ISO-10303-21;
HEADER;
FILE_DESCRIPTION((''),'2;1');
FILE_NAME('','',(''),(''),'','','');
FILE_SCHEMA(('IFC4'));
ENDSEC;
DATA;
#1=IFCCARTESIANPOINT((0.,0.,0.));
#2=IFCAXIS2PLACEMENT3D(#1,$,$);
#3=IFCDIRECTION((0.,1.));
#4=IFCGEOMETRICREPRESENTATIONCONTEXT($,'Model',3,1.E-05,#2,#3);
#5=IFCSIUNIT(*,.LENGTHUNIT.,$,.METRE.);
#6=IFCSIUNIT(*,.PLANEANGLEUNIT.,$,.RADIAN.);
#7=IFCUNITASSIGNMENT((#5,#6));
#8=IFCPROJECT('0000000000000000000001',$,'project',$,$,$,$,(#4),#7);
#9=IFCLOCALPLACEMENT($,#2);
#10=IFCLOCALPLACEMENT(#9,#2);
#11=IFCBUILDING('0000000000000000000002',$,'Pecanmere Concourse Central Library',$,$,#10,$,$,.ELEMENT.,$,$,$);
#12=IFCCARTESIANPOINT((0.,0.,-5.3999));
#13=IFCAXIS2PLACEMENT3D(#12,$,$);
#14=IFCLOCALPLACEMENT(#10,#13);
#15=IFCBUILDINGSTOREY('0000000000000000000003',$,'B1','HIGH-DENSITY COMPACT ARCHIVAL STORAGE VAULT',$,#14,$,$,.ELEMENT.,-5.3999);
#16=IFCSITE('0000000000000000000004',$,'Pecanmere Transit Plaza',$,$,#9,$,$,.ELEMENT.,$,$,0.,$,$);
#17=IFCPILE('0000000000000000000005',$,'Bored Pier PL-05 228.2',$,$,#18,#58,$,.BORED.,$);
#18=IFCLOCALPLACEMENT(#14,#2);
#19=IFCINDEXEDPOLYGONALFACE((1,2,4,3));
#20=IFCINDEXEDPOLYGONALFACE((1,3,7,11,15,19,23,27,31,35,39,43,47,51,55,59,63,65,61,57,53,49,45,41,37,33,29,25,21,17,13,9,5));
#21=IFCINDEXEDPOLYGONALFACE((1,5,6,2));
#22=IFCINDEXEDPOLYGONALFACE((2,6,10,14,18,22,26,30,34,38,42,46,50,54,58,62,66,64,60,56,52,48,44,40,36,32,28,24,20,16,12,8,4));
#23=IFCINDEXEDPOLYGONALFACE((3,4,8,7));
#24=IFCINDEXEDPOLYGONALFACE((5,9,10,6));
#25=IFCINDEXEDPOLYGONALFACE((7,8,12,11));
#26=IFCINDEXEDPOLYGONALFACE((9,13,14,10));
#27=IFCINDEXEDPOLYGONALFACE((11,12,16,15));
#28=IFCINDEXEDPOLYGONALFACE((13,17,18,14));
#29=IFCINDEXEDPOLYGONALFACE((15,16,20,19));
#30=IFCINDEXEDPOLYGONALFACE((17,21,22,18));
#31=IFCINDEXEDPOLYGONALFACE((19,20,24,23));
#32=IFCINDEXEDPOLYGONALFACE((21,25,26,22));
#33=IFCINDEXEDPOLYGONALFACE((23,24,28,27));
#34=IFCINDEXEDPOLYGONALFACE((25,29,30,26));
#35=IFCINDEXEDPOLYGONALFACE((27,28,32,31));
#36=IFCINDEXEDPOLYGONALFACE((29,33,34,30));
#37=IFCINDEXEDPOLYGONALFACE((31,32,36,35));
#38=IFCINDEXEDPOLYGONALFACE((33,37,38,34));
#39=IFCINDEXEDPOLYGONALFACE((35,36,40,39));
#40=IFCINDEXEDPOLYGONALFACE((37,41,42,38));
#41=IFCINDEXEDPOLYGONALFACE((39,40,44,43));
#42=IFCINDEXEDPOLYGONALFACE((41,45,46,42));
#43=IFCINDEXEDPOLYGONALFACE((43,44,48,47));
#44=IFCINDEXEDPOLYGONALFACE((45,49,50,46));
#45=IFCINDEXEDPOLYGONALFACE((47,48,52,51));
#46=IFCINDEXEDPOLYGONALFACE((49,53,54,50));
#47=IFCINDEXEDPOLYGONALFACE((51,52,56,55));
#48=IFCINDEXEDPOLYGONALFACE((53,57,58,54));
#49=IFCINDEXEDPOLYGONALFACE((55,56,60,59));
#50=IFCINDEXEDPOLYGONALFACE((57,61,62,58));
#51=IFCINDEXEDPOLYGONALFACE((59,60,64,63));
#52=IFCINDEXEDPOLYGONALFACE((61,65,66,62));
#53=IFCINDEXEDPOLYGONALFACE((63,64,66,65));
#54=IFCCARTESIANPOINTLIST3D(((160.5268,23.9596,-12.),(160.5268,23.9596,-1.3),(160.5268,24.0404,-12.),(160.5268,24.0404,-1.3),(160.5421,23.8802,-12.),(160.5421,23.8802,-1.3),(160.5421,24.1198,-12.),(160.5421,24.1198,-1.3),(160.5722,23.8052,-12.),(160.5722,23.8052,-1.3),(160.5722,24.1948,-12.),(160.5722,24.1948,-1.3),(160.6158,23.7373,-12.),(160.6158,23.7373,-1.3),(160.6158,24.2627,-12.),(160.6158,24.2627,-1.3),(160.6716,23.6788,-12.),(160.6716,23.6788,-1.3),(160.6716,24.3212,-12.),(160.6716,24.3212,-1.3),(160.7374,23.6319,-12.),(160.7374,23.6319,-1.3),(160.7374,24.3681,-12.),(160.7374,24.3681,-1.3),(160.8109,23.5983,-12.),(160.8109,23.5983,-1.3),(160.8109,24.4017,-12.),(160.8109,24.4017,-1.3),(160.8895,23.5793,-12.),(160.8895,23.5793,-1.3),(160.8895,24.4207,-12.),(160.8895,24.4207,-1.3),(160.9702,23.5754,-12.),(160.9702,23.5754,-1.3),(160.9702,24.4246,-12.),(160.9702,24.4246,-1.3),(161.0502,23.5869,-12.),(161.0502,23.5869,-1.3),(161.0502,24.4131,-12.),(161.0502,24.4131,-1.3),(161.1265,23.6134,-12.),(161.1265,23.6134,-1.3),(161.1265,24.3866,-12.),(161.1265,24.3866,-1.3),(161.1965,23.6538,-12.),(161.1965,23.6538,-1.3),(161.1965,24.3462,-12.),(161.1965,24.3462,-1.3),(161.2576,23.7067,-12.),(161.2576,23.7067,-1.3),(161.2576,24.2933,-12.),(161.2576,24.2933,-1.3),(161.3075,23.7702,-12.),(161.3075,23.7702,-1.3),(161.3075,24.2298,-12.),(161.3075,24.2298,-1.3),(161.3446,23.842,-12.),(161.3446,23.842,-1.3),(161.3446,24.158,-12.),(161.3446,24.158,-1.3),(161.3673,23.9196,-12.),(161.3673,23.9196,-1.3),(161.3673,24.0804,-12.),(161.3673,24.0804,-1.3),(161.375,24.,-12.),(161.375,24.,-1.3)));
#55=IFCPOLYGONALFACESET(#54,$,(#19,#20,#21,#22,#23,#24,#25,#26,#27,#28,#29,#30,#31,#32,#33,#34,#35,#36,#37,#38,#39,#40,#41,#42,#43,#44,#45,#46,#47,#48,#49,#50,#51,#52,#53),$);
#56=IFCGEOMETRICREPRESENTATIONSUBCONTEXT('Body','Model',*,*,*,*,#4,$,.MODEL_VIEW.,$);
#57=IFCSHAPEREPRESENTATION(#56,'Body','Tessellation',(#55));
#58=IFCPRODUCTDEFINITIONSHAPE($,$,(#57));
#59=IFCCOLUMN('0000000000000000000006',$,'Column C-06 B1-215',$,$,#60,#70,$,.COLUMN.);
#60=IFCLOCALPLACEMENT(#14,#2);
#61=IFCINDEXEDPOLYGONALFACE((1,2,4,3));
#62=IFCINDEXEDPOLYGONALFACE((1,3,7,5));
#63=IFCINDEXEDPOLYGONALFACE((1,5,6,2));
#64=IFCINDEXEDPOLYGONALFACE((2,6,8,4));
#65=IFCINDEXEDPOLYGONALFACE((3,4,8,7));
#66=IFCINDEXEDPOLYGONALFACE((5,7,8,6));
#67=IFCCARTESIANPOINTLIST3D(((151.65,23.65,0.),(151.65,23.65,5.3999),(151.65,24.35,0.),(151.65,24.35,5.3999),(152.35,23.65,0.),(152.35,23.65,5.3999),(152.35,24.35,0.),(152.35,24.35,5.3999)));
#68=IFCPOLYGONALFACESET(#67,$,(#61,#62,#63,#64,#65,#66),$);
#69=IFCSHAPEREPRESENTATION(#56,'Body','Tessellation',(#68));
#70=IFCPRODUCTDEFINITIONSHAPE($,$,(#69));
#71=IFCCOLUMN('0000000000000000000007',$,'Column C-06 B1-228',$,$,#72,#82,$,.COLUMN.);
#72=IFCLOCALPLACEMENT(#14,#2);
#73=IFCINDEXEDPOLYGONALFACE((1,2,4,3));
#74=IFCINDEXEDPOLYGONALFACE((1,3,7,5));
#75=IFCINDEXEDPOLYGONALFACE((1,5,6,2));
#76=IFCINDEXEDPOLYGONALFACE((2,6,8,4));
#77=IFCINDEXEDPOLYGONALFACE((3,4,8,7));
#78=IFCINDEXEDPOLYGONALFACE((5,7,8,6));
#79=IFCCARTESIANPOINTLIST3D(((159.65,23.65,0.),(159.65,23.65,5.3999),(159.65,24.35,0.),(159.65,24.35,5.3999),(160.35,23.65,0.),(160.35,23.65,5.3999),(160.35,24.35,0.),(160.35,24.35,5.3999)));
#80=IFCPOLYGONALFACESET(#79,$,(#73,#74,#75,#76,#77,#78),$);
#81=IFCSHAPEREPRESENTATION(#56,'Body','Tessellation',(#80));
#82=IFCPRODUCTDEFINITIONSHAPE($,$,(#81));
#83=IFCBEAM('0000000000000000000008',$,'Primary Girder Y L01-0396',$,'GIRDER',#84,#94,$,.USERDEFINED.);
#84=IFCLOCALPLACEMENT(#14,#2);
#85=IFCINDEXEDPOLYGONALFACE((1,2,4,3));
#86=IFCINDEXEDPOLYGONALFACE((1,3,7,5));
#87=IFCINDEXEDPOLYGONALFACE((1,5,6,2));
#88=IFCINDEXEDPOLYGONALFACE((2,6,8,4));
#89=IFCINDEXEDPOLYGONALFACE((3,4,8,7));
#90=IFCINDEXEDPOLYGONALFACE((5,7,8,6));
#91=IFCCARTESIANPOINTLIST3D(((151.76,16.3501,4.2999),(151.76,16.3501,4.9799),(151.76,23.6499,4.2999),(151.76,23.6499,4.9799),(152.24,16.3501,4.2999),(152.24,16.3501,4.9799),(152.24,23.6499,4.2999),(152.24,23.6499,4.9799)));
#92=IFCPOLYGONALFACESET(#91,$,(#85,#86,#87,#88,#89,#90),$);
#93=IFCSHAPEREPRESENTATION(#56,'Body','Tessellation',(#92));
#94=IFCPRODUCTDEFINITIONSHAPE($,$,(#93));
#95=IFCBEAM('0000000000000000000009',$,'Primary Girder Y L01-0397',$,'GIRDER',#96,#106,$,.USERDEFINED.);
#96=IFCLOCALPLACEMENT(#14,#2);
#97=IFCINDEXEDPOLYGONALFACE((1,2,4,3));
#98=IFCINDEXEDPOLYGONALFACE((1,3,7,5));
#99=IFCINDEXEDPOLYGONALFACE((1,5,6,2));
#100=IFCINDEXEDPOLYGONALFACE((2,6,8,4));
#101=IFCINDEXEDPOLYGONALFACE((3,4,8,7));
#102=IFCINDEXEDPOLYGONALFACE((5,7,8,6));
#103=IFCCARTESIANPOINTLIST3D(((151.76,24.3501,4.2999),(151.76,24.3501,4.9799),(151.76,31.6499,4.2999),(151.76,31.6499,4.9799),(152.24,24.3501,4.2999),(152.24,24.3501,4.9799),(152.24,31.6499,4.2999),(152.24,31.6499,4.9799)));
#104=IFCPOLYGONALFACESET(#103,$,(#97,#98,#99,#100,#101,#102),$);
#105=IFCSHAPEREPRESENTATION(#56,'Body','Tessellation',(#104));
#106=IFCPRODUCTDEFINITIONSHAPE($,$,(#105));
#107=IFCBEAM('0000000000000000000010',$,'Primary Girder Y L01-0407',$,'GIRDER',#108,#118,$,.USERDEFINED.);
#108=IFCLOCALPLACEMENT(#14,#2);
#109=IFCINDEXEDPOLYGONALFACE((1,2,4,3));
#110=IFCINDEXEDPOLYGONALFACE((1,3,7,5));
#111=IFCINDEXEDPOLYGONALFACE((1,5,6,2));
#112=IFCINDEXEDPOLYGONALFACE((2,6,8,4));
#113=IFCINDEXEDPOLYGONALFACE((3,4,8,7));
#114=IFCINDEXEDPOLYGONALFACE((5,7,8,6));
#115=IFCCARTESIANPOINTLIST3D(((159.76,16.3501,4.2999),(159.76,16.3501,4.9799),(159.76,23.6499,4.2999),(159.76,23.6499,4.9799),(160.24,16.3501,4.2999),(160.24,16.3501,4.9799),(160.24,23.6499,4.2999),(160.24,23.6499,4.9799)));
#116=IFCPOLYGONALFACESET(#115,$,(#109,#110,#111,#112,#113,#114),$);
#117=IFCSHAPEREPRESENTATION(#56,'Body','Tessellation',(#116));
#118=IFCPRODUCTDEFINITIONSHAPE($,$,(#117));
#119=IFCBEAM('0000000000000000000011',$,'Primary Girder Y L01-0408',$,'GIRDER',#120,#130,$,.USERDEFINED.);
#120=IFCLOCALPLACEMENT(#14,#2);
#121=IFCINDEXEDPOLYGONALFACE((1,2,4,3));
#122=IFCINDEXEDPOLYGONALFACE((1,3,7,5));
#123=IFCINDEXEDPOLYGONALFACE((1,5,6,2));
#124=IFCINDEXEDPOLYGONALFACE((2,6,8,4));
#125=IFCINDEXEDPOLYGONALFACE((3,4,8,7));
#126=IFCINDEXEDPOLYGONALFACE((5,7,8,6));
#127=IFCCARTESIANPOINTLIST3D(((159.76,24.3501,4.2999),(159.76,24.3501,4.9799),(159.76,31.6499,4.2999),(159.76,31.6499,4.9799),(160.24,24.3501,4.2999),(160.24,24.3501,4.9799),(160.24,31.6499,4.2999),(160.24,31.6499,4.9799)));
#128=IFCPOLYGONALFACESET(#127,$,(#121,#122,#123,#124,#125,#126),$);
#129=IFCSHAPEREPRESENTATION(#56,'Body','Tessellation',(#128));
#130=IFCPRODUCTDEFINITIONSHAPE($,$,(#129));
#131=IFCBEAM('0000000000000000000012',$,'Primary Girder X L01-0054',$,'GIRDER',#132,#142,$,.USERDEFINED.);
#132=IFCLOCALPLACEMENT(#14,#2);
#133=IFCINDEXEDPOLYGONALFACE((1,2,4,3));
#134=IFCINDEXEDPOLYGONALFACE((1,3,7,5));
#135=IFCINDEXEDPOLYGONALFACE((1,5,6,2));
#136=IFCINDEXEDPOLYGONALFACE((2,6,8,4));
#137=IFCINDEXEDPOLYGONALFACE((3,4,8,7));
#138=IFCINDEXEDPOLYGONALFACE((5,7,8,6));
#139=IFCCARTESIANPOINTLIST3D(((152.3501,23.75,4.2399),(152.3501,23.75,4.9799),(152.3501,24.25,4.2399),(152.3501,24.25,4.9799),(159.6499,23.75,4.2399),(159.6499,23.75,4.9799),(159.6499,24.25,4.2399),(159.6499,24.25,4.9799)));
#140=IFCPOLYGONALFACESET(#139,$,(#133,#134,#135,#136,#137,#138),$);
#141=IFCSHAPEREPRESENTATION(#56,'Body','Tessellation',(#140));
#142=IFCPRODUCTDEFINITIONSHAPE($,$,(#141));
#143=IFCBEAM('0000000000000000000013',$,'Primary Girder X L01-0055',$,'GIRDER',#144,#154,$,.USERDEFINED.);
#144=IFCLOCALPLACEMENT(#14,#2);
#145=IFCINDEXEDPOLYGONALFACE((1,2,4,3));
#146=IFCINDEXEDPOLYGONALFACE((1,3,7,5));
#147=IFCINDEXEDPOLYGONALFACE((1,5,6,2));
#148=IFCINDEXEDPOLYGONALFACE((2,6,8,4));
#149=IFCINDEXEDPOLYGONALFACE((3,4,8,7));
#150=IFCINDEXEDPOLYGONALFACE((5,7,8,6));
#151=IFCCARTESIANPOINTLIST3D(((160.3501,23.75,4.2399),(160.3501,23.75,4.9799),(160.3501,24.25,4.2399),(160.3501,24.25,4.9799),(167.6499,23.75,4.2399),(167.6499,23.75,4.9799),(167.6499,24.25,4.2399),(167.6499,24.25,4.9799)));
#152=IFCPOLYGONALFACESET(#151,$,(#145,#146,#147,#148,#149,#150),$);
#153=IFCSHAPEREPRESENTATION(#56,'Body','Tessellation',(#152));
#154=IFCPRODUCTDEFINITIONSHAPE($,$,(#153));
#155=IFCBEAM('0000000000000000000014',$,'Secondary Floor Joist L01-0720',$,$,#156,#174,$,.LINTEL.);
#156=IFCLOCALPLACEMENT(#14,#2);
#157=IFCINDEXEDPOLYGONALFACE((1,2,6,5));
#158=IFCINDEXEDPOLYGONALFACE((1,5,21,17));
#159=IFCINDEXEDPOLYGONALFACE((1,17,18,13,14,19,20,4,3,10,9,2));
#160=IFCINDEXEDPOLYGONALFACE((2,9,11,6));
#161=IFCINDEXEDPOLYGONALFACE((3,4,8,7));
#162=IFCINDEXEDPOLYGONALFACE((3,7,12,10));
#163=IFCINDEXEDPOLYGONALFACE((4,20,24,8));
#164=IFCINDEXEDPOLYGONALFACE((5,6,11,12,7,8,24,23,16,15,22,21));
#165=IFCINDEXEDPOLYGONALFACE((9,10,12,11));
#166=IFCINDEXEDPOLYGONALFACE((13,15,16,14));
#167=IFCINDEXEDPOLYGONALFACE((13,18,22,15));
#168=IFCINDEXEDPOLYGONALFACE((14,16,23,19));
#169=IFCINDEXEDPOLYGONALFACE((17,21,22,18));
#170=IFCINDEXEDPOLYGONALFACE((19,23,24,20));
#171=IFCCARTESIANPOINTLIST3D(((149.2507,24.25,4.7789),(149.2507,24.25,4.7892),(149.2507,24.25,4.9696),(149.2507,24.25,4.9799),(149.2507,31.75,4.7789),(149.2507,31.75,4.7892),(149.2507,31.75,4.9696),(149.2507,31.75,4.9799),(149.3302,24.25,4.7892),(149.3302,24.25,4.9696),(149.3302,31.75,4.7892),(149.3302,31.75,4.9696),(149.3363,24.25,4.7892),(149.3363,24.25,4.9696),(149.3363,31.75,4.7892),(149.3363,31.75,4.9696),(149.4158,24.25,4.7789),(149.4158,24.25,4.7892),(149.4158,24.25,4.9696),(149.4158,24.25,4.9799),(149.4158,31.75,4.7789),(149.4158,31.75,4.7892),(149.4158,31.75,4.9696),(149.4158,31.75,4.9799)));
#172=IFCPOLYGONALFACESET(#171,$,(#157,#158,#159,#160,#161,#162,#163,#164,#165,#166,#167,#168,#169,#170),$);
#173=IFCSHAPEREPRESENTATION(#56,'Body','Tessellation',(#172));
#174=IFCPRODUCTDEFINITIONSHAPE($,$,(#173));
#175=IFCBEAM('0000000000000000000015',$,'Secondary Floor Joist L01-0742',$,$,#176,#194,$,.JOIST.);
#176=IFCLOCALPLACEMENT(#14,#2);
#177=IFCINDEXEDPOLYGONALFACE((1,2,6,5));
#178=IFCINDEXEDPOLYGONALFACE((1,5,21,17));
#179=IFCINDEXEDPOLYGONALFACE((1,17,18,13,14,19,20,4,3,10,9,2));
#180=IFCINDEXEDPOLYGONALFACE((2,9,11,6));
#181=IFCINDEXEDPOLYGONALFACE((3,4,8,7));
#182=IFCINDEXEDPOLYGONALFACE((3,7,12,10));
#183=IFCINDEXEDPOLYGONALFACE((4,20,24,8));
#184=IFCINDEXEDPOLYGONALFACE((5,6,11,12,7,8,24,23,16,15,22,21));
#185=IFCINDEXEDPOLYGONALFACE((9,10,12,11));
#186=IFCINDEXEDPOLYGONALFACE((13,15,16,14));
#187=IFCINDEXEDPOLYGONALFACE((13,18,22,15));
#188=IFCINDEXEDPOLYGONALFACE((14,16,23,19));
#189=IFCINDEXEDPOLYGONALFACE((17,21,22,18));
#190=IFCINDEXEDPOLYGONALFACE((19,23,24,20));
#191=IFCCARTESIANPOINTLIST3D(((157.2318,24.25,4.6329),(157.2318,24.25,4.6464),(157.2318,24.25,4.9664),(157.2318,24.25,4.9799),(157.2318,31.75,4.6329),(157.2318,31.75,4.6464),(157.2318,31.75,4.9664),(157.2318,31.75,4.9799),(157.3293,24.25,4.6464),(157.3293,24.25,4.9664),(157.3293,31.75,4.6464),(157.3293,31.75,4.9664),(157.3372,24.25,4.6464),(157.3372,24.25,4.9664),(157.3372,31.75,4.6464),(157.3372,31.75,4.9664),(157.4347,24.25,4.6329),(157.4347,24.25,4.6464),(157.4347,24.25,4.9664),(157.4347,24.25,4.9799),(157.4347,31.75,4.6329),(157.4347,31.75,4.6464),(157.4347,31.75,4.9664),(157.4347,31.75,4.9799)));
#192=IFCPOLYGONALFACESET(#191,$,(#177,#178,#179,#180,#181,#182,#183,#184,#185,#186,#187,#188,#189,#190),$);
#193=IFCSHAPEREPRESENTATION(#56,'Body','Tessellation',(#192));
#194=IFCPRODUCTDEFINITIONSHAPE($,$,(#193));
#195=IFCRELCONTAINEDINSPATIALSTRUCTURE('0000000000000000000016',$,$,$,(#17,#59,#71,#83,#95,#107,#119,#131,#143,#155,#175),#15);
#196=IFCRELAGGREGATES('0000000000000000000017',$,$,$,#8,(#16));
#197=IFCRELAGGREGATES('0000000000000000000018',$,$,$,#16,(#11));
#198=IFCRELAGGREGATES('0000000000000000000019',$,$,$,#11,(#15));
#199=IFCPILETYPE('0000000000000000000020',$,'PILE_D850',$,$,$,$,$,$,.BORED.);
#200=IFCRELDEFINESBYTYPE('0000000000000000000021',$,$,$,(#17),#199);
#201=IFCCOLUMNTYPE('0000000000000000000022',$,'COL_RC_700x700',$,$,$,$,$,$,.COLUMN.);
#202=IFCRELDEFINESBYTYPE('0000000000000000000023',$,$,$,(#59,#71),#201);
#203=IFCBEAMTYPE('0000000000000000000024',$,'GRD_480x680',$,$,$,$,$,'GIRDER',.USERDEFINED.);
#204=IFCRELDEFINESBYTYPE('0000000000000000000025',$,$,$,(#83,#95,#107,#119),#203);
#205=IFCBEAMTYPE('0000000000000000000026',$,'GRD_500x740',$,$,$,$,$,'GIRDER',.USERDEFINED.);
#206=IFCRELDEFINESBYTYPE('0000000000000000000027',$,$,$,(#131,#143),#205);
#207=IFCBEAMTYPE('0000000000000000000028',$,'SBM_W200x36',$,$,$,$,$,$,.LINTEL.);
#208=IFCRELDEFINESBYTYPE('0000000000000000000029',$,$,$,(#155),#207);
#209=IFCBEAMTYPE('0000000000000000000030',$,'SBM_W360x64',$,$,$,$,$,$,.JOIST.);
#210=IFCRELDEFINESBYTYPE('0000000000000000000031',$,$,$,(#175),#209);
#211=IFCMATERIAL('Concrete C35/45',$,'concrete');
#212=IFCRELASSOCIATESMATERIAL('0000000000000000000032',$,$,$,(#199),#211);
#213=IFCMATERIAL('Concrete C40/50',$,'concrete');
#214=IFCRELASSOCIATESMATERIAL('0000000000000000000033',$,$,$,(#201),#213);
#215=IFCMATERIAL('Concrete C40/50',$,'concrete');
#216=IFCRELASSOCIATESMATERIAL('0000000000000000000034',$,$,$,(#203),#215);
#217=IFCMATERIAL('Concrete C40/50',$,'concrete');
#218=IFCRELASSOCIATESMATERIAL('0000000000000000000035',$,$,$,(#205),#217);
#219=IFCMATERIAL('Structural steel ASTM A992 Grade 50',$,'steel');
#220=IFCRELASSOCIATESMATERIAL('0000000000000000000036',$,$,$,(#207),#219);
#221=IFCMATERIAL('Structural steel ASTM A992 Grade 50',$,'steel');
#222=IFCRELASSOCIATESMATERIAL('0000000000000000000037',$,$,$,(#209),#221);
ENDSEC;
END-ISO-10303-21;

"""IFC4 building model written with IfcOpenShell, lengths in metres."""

from ifc_helpers import new_model, si_unit, direction, frame, origin, origin_2d, place, context, subcontext, project, spatial, rectangle, circle, i_section, extrude, material, material_profile, profile_set, type_object, element, save


model = new_model("IFC4")

# Units and contexts
model_context = context("Model", 3, precision=1e-05, world=origin(), true_north=direction((0.0, 1.0)))
body_context = subcontext(model_context, "Body", "Model", "MODEL_VIEW")
ifc_project = project(units=[si_unit("LENGTHUNIT", "METRE"), si_unit("PLANEANGLEUNIT", "RADIAN")], contexts=[model_context])

# Site, building, storey
site_placement = place(None, origin())
site = spatial("IfcSite", under=ifc_project, at=site_placement, Name="Pecanmere Transit Plaza", CompositionType="ELEMENT", RefElevation=0.0)
building_placement = place(site_placement, origin())
building = spatial("IfcBuilding", under=site, at=building_placement, Name="Pecanmere Concourse Central Library", CompositionType="ELEMENT")
storey_placement = place(building_placement, frame((0.0, 0.0, -5.3999)))
storey = spatial("IfcBuildingStorey", under=building, at=storey_placement, Name="B1", Description="HIGH-DENSITY COMPACT ARCHIVAL STORAGE VAULT", CompositionType="ELEMENT", Elevation=-5.3999)

# Pile
ifc_material_1 = material(Name="Concrete C35/45", Category="concrete")
ifc_material_profile_1 = material_profile(ifc_material_1, circle(Radius=0.425, at=origin_2d()), Name="PIER D850")
ifc_profile_set_1 = profile_set([ifc_material_profile_1], Name="Concrete C35/45")
pile_type = type_object("IfcPileType", Name="PILE_D850", PredefinedType="BORED", material=ifc_profile_set_1)
for number, where, z_axis, x_axis, name in (
    (1, (160.95, 24.0, -1.3), (0.0, 0.0, -1.0), (1.0, 0.0, 0.0), "Bored Pier PL-05 228.2"),
):
    element("IfcPile", number, at=place(storey_placement, frame(where, z_axis=z_axis, x_axis=x_axis)), inside=storey, type_object=pile_type, Name=name, PredefinedType="BORED", context=body_context, shape_type="SweptSolid", body=[
        extrude(circle(Radius=0.425, at=origin_2d()), origin(), (0.0, 0.0, 1.0), 10.7),
    ])

# Columns
ifc_material_2 = material(Name="Concrete C40/50", Category="concrete")
ifc_material_profile_2 = material_profile(ifc_material_2, rectangle(XDim=0.7, YDim=0.7, at=origin_2d()), Name="RC 700x700")
ifc_profile_set_2 = profile_set([ifc_material_profile_2], Name="Concrete C40/50")
column_type = type_object("IfcColumnType", Name="COL_RC_700x700", PredefinedType="COLUMN", material=ifc_profile_set_2)
for number, where, z_axis, x_axis, name in (
    (2, (152.0, 24.0, 0.0), (0.0, 0.0, 1.0), (1.0, 0.0, 0.0), "Column C-06 B1-215"),
    (3, (160.0, 24.0, 0.0), (0.0, 0.0, 1.0), (1.0, 0.0, 0.0), "Column C-06 B1-228"),
):
    element("IfcColumn", number, at=place(storey_placement, frame(where, z_axis=z_axis, x_axis=x_axis)), inside=storey, type_object=column_type, Name=name, PredefinedType="COLUMN", context=body_context, shape_type="SweptSolid", body=[
        extrude(rectangle(XDim=0.7, YDim=0.7, at=origin_2d()), origin(), (0.0, 0.0, 1.0), 5.3999),
    ])

# Beams
ifc_material_3 = material(Name="Concrete C40/50", Category="concrete")
ifc_material_profile_3 = material_profile(ifc_material_3, rectangle(XDim=0.48, YDim=0.6799, at=origin_2d()), Name="RC 480x680")
ifc_profile_set_3 = profile_set([ifc_material_profile_3], Name="Concrete C40/50")
beam_type_1 = type_object("IfcBeamType", Name="GRD_480x680", ElementType="GIRDER", PredefinedType="USERDEFINED", material=ifc_profile_set_3)
for number, where, z_axis, x_axis, name in (
    (4, (152.0, 16.3501, 4.6399), (0.0, 1.0, 0.0), (-1.0, 0.0, 0.0), "Primary Girder Y L01-0396"),
    (5, (152.0, 24.3501, 4.6399), (0.0, 1.0, 0.0), (-1.0, 0.0, 0.0), "Primary Girder Y L01-0397"),
    (6, (160.0, 16.3501, 4.6399), (0.0, 1.0, 0.0), (-1.0, 0.0, 0.0), "Primary Girder Y L01-0407"),
    (7, (160.0, 24.3501, 4.6399), (0.0, 1.0, 0.0), (-1.0, 0.0, 0.0), "Primary Girder Y L01-0408"),
):
    element("IfcBeam", number, at=place(storey_placement, frame(where, z_axis=z_axis, x_axis=x_axis)), inside=storey, type_object=beam_type_1, Name=name, ObjectType="GIRDER", PredefinedType="USERDEFINED", context=body_context, shape_type="SweptSolid", body=[
        extrude(rectangle(XDim=0.48, YDim=0.6799, at=origin_2d()), origin(), (0.0, 0.0, 1.0), 7.2998),
    ])
ifc_material_4 = material(Name="Concrete C40/50", Category="concrete")
ifc_material_profile_4 = material_profile(ifc_material_4, rectangle(XDim=0.5, YDim=0.74, at=origin_2d()), Name="RC 500x740")
ifc_profile_set_4 = profile_set([ifc_material_profile_4], Name="Concrete C40/50")
beam_type_2 = type_object("IfcBeamType", Name="GRD_500x740", ElementType="GIRDER", PredefinedType="USERDEFINED", material=ifc_profile_set_4)
for number, where, z_axis, x_axis, name in (
    (8, (152.3501, 24.0, 4.6099), (1.0, 0.0, 0.0), (0.0, 1.0, 0.0), "Primary Girder X L01-0054"),
    (9, (160.3501, 24.0, 4.6099), (1.0, 0.0, 0.0), (0.0, 1.0, 0.0), "Primary Girder X L01-0055"),
):
    element("IfcBeam", number, at=place(storey_placement, frame(where, z_axis=z_axis, x_axis=x_axis)), inside=storey, type_object=beam_type_2, Name=name, ObjectType="GIRDER", PredefinedType="USERDEFINED", context=body_context, shape_type="SweptSolid", body=[
        extrude(rectangle(XDim=0.5, YDim=0.74, at=origin_2d()), origin(), (0.0, 0.0, 1.0), 7.2998),
    ])
ifc_material_5 = material(Name="Structural steel ASTM A992 Grade 50", Category="steel")
ifc_material_profile_5 = material_profile(ifc_material_5, i_section(OverallWidth=0.165, OverallDepth=0.2009, WebThickness=0.0061, FlangeThickness=0.0103, at=origin_2d()), Name="W200x35.9")
ifc_profile_set_5 = profile_set([ifc_material_profile_5], Name="Structural steel ASTM A992 Grade 50")
beam_type_3 = type_object("IfcBeamType", Name="SBM_W200x36", PredefinedType="LINTEL", material=ifc_profile_set_5)
beam_1_placement = place(storey_placement, frame((149.3333, 24.25, 4.8794), z_axis=(0.0, 1.0, 0.0), x_axis=(-1.0, 0.0, 0.0)))
element("IfcBeam", 10, at=beam_1_placement, inside=storey, type_object=beam_type_3, Name="Secondary Floor Joist L01-0720", PredefinedType="LINTEL", context=body_context, shape_type="SweptSolid", body=[
    extrude(i_section(OverallWidth=0.165, OverallDepth=0.2009, WebThickness=0.0061, FlangeThickness=0.0103, at=origin_2d()), origin(), (0.0, 0.0, 1.0), 7.5),
])
ifc_material_6 = material(Name="Structural steel ASTM A992 Grade 50", Category="steel")
ifc_material_profile_6 = material_profile(ifc_material_6, i_section(OverallWidth=0.2029, OverallDepth=0.3469, WebThickness=0.0078, FlangeThickness=0.0134, at=origin_2d()), Name="W360x64")
ifc_profile_set_6 = profile_set([ifc_material_profile_6], Name="Structural steel ASTM A992 Grade 50")
beam_type_4 = type_object("IfcBeamType", Name="SBM_W360x64", PredefinedType="JOIST", material=ifc_profile_set_6)
beam_2_placement = place(storey_placement, frame((157.3333, 24.25, 4.8064), z_axis=(0.0, 1.0, 0.0), x_axis=(-1.0, 0.0, 0.0)))
element("IfcBeam", 11, at=beam_2_placement, inside=storey, type_object=beam_type_4, Name="Secondary Floor Joist L01-0742", PredefinedType="JOIST", context=body_context, shape_type="SweptSolid", body=[
    extrude(i_section(OverallWidth=0.2029, OverallDepth=0.3469, WebThickness=0.0078, FlangeThickness=0.0134, at=origin_2d()), origin(), (0.0, 0.0, 1.0), 7.5),
])

save(model, "model.ifc")
